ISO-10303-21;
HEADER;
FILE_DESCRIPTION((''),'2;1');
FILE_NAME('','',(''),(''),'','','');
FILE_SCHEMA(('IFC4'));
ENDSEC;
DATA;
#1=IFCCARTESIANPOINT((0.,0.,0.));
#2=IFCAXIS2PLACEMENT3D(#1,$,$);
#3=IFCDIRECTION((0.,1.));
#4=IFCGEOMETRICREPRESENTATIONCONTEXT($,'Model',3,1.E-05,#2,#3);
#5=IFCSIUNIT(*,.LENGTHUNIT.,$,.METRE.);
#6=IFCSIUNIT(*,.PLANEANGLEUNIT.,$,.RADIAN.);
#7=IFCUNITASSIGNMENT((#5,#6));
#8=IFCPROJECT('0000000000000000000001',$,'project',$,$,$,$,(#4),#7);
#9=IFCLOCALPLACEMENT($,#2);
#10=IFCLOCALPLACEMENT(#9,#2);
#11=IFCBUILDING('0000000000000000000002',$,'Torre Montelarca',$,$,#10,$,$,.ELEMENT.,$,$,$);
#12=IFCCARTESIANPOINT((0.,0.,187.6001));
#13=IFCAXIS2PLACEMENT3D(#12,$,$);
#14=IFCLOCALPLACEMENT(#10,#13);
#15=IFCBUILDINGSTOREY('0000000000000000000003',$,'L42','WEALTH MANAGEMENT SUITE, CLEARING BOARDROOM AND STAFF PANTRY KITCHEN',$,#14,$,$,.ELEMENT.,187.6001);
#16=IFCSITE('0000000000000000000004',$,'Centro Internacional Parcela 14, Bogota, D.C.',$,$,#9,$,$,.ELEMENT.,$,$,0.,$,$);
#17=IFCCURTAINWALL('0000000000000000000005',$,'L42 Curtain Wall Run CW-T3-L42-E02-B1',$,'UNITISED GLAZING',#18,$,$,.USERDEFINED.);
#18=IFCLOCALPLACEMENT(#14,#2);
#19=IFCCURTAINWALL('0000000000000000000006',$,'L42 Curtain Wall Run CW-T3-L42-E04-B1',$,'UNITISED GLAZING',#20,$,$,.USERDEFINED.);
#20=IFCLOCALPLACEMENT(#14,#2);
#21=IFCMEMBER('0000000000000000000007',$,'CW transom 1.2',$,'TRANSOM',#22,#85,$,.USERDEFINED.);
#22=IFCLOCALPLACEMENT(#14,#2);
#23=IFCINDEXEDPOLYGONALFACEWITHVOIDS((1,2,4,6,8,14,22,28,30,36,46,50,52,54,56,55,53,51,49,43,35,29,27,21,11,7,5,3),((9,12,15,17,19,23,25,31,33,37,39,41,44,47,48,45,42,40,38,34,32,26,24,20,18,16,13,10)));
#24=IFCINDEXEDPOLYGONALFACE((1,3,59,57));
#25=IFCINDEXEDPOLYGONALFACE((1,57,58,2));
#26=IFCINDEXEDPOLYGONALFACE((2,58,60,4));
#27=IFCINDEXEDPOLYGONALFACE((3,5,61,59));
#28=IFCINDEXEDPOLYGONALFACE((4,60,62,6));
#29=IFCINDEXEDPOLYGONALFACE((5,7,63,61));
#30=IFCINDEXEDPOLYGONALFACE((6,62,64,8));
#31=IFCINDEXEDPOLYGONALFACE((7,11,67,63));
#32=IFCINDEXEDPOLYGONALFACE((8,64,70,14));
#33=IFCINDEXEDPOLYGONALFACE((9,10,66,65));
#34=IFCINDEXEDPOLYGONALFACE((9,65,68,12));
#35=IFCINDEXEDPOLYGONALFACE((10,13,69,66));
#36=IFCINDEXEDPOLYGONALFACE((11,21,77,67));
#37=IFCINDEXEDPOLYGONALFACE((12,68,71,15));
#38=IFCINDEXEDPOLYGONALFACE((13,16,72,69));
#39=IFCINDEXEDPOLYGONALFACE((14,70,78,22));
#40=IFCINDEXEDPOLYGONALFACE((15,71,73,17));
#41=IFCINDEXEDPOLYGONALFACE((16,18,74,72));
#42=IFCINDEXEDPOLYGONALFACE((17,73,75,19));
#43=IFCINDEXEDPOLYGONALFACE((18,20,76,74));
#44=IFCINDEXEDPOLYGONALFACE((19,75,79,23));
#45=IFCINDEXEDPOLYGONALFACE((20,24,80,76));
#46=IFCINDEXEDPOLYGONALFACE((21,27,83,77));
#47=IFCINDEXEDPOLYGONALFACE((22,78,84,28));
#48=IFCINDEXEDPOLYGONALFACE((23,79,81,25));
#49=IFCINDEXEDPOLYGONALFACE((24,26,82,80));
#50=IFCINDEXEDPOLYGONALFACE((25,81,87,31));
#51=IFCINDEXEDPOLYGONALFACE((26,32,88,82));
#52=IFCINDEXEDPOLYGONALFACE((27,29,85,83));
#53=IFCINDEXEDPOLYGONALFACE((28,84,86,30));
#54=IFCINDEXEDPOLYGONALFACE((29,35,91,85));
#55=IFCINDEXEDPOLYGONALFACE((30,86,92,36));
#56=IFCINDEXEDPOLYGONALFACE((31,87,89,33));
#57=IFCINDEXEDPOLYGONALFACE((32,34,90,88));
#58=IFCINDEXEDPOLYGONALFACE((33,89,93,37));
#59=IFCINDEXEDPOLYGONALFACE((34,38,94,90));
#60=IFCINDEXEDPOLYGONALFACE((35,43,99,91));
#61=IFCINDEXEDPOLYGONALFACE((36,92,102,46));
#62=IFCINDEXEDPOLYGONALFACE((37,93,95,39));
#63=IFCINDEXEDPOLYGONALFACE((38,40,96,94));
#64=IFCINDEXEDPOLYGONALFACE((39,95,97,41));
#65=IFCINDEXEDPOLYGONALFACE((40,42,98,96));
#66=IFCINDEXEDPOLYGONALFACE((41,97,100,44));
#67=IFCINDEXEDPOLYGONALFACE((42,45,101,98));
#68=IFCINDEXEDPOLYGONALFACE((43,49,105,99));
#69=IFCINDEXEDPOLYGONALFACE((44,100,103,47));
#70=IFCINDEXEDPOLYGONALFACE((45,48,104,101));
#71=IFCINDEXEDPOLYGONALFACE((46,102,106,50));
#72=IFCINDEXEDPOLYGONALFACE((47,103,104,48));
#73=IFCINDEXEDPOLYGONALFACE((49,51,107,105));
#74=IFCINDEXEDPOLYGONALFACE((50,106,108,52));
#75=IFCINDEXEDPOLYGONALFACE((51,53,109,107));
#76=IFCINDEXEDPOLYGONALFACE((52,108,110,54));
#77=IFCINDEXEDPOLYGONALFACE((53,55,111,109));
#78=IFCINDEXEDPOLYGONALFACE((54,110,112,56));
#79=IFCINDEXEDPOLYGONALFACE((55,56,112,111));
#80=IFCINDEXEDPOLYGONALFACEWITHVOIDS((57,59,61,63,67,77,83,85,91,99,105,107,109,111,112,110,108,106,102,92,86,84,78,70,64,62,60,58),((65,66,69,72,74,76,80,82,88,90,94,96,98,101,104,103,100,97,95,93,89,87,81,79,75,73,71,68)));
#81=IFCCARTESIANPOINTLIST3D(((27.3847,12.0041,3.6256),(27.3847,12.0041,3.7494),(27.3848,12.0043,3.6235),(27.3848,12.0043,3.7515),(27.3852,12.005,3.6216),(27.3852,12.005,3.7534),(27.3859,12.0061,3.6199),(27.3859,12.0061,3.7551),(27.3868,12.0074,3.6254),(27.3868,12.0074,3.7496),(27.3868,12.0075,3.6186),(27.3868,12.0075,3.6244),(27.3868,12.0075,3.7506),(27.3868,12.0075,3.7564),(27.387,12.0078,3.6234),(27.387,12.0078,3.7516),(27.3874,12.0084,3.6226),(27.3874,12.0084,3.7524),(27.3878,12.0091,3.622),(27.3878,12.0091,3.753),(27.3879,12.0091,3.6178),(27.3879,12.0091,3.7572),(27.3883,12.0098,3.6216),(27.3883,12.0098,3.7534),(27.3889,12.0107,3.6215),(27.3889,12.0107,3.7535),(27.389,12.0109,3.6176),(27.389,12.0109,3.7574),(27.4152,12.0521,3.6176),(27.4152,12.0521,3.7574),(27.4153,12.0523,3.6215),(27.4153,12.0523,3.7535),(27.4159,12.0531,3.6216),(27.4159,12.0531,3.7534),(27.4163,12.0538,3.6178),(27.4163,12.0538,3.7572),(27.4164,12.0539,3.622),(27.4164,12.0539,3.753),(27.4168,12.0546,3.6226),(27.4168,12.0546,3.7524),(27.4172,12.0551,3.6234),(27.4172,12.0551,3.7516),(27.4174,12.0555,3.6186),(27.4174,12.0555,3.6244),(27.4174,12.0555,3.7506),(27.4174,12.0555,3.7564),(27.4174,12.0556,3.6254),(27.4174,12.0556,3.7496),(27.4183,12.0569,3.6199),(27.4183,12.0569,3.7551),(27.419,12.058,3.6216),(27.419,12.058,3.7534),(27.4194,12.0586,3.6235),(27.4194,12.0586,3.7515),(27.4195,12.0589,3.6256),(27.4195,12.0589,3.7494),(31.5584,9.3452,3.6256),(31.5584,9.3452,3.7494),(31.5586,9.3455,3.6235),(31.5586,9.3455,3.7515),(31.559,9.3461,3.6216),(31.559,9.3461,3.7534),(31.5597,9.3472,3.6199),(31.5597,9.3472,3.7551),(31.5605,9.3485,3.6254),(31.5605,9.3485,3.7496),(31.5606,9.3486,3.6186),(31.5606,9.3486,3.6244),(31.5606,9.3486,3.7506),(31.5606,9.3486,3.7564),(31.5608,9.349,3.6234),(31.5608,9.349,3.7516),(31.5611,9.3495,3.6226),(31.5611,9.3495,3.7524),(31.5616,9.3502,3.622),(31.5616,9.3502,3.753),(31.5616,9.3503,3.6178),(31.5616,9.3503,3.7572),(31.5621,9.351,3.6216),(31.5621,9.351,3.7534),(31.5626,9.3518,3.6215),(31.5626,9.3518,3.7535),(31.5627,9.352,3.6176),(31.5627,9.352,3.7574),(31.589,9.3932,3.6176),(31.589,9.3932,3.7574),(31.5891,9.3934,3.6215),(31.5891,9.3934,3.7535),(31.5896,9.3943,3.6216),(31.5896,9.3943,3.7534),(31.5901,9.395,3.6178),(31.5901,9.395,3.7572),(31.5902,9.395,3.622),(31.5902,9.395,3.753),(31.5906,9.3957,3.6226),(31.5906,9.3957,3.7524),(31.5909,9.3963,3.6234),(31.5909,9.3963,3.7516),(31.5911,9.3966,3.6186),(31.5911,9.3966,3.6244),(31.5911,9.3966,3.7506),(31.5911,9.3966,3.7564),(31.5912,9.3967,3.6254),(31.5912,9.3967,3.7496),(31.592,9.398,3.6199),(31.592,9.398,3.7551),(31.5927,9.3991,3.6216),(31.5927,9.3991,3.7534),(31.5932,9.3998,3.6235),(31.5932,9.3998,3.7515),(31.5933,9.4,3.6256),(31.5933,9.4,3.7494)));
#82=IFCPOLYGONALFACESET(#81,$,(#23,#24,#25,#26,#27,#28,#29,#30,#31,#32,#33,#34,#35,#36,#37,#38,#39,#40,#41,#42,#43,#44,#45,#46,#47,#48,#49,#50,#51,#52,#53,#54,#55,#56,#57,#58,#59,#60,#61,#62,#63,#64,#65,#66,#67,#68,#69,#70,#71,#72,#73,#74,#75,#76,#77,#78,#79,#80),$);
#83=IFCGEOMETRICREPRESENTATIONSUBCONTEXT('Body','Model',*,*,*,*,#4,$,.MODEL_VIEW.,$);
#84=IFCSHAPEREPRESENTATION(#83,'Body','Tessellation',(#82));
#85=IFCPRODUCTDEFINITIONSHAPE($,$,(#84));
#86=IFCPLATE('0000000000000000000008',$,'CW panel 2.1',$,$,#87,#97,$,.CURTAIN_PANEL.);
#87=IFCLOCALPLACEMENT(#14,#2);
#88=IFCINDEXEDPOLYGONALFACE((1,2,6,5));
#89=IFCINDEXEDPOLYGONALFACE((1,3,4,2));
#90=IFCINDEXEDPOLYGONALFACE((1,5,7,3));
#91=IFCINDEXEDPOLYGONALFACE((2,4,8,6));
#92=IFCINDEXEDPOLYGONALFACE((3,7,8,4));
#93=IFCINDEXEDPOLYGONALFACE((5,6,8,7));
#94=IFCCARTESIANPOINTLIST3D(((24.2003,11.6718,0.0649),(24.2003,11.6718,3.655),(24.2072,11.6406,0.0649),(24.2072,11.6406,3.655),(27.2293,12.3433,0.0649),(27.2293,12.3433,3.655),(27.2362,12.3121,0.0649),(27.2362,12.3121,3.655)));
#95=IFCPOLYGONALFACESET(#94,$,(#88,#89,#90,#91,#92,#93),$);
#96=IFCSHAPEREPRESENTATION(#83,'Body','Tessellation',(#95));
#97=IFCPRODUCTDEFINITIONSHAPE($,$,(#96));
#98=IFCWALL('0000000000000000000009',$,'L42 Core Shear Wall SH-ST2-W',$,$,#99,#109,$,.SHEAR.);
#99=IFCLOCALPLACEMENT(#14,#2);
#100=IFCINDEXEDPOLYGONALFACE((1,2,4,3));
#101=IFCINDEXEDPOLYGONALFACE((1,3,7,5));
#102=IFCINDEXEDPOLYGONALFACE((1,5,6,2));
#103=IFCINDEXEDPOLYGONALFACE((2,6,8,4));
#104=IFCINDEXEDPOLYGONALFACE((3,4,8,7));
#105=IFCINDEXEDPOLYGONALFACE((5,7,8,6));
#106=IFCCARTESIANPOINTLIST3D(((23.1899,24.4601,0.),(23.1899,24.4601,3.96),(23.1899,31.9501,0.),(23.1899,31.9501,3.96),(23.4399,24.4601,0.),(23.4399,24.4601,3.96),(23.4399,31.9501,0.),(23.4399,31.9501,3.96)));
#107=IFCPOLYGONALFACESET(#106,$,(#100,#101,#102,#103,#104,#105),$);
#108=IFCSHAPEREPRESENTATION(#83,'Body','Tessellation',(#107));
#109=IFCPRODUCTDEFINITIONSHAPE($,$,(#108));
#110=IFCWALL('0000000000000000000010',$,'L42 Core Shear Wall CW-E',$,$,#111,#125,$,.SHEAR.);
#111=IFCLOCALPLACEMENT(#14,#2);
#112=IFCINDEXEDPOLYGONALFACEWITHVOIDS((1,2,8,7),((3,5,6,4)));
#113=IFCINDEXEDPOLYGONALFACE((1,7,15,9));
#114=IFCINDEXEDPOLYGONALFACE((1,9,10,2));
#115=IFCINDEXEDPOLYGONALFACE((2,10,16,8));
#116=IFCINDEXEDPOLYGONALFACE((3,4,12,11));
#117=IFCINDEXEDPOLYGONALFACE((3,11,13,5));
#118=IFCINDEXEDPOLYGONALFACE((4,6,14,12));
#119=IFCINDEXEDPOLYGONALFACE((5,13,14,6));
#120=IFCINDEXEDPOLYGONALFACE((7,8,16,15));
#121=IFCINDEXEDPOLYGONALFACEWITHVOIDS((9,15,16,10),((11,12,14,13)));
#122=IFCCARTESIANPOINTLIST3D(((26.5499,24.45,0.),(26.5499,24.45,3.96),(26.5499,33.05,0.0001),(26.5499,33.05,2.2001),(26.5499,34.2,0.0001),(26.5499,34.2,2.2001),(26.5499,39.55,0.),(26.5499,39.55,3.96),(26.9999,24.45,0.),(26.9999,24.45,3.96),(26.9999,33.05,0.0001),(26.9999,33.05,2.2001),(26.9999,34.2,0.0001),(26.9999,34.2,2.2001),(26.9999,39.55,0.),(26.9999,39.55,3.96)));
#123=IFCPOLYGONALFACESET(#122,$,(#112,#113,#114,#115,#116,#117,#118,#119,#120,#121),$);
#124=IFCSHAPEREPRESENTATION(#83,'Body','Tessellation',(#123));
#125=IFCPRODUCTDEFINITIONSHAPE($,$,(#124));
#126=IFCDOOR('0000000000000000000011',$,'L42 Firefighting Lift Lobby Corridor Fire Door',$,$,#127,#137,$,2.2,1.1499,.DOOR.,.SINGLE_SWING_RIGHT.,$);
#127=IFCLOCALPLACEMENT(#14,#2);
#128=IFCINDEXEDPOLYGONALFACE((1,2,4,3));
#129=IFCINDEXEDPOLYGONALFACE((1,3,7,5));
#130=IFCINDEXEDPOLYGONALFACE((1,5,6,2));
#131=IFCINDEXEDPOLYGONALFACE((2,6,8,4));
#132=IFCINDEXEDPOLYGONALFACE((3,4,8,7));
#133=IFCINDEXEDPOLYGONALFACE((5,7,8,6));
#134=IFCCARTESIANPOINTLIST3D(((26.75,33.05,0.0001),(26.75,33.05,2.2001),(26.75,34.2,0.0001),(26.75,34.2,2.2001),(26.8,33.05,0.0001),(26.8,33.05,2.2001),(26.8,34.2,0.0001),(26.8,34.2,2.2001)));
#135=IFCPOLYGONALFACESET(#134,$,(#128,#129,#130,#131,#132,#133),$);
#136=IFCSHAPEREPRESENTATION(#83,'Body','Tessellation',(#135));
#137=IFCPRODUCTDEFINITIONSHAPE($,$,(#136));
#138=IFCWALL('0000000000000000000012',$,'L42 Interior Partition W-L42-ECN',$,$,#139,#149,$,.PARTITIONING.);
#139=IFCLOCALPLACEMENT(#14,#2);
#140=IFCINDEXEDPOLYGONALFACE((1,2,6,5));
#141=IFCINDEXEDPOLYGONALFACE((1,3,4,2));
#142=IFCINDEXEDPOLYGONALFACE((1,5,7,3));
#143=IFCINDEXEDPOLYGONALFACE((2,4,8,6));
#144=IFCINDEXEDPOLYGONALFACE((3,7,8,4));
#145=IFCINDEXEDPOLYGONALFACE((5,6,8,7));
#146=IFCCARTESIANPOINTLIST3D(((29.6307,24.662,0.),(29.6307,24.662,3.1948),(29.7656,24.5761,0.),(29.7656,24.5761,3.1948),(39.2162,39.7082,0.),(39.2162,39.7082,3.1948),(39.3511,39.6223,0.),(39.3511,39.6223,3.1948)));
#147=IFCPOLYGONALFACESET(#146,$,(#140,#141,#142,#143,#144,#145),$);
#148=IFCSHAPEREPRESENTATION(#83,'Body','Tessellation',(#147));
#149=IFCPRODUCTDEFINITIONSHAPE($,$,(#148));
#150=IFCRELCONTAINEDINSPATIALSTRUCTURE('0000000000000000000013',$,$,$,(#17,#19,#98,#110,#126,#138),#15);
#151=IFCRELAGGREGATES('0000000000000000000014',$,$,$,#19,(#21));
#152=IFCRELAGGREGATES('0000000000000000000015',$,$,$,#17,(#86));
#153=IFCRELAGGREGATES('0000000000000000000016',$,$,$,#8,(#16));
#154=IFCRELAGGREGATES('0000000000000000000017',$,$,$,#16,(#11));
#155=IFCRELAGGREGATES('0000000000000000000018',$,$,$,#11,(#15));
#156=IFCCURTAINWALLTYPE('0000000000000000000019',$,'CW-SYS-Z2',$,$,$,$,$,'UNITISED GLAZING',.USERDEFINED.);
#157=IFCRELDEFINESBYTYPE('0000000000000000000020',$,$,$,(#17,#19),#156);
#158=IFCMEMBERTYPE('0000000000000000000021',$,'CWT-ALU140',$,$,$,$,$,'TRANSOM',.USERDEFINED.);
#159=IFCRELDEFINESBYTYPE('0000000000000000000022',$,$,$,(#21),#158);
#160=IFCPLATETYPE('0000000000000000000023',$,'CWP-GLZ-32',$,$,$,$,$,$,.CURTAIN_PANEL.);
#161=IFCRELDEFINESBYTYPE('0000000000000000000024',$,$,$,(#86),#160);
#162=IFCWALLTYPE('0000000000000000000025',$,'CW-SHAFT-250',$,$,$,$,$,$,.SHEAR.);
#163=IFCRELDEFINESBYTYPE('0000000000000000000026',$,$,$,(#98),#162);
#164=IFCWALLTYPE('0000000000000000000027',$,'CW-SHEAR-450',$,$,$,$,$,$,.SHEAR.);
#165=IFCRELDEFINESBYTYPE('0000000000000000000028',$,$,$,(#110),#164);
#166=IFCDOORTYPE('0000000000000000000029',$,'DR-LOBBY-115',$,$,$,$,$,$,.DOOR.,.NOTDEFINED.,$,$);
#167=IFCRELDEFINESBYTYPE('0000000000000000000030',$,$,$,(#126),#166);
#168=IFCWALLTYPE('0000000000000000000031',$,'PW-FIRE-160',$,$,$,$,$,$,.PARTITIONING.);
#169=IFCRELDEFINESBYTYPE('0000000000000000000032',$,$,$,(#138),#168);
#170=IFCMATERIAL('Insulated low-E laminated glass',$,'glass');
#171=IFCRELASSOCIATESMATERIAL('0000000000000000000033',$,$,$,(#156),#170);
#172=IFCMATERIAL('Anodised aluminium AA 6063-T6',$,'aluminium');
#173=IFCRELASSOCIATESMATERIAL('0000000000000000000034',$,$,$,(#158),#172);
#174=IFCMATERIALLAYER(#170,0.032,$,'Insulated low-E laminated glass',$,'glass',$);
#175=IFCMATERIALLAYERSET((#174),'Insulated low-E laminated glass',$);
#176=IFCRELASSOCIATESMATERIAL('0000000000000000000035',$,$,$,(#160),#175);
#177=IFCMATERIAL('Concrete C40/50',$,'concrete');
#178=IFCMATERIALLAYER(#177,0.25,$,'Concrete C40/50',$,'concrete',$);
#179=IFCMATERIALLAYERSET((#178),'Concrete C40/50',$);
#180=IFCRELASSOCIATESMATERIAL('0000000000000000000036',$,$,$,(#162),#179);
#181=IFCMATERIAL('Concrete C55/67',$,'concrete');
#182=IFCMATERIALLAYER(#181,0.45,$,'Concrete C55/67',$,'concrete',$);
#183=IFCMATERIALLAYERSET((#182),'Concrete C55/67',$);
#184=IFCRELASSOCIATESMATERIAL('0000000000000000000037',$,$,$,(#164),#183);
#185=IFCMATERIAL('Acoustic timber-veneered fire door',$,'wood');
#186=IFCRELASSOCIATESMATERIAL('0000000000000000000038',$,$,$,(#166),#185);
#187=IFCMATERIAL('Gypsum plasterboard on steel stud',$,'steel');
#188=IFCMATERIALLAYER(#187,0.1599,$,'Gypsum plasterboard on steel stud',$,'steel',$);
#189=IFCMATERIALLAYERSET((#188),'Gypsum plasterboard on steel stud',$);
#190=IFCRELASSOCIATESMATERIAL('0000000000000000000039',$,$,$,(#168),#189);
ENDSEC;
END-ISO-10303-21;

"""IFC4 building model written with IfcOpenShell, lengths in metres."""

from ifc_helpers import new_model, si_unit, direction, frame, frame_2d, origin, origin_2d, place, context, subcontext, project, spatial, rectangle, hollow_rectangle, extrude, source, transform, mapped, material, layer, layer_set, material_profile, profile_set, type_object, element, fill, aggregate, save


model = new_model("IFC4")

# Units and contexts
model_context = context("Model", 3, precision=1e-05, world=origin(), true_north=direction((0.0, 1.0)))
body_context = subcontext(model_context, "Body", "Model", "MODEL_VIEW")
ifc_project = project(units=[si_unit("LENGTHUNIT", "METRE"), si_unit("PLANEANGLEUNIT", "RADIAN")], contexts=[model_context])

# Site, building, storey
site_placement = place(None, origin())
site = spatial("IfcSite", under=ifc_project, at=site_placement, Name="Centro Internacional Parcela 14, Bogota, D.C.", CompositionType="ELEMENT", RefElevation=0.0)
building_placement = place(site_placement, origin())
building = spatial("IfcBuilding", under=site, at=building_placement, Name="Torre Montelarca", CompositionType="ELEMENT")
storey_placement = place(building_placement, frame((0.0, 0.0, 187.6001)))
storey = spatial("IfcBuildingStorey", under=building, at=storey_placement, Name="L42", Description="WEALTH MANAGEMENT SUITE, CLEARING BOARDROOM AND STAFF PANTRY KITCHEN", CompositionType="ELEMENT", Elevation=187.6001)

# Shared definitions
ifc_material_1 = material(Name="Concrete C55/67", Category="concrete")

# Curtain walls, member
ifc_material_2 = material(Name="Insulated low-E laminated glass", Category="glass")
curtain_wall_type = type_object("IfcCurtainWallType", Name="CW-SYS-Z2", ElementType="UNITISED GLAZING", PredefinedType="USERDEFINED", material=ifc_material_2)
curtain_wall_1_placement = place(storey_placement, origin())
curtain_wall_1 = element("IfcCurtainWall", 1, at=curtain_wall_1_placement, inside=storey, type_object=curtain_wall_type, Name="L42 Curtain Wall Run CW-T3-L42-E02-B1", ObjectType="UNITISED GLAZING", PredefinedType="USERDEFINED")
ifc_material_3 = material(Name="Anodised aluminium AA 6063-T6", Category="aluminium")
ifc_material_profile_1 = material_profile(ifc_material_3, hollow_rectangle(XDim=0.0649, YDim=0.1399, WallThickness=0.0039, InnerFilletRadius=0.0039, OuterFilletRadius=0.0081, at=origin_2d()), Name="ALU65X140X4", Category="aluminium")
ifc_profile_set_1 = profile_set([ifc_material_profile_1], Name="Anodised aluminium AA 6063-T6")
member_type_1 = type_object("IfcMemberType", Name="CWT-ALU140", ElementType="TRANSOM", PredefinedType="USERDEFINED", material=ifc_profile_set_1)
curtain_wall_2_placement = place(storey_placement, origin())
curtain_wall_2 = element("IfcCurtainWall", 2, at=curtain_wall_2_placement, inside=storey, type_object=curtain_wall_type, Name="L42 Curtain Wall Run CW-T3-L42-E04-B1", ObjectType="UNITISED GLAZING", PredefinedType="USERDEFINED")
shared_shape_1 = source(origin(), body_context, "Body", "SweptSolid", [
    extrude(hollow_rectangle(XDim=0.0649, YDim=0.1399, WallThickness=0.0039, InnerFilletRadius=0.0039, OuterFilletRadius=0.0081, at=origin_2d()), origin(), (0.0, 0.0, 1.0), 4.9487),
])
member_1_placement = place(storey_placement, frame((27.4021, 12.0315, 3.6875), z_axis=(0.843399, -0.537287, 0.0), x_axis=(0.537287, 0.843399, 0.0)))
member_1 = element("IfcMember", 3, at=member_1_placement, type_object=member_type_1, Name="CW transom 1.2", ObjectType="TRANSOM", PredefinedType="USERDEFINED", context=body_context, shape_type="MappedRepresentation", body=[
    mapped(shared_shape_1, transform((0.0, 0.0, 0.0), scale=1.0)),
])
aggregate(curtain_wall_2, [member_1])

# Plate
ifc_layer_1 = layer(ifc_material_2, 0.032, Name="Insulated low-E laminated glass", Category="glass")
ifc_layer_set_1 = layer_set([ifc_layer_1], Name="Insulated low-E laminated glass")
plate_type = type_object("IfcPlateType", Name="CWP-GLZ-32", PredefinedType="CURTAIN_PANEL", material=ifc_layer_set_1)
shared_shape_2 = source(origin(), body_context, "Body", "SweptSolid", [
    extrude(rectangle(XDim=3.1025, YDim=0.032, at=origin_2d()), origin(), (0.0, 0.0, 1.0), 3.5901),
])
plate_placement = place(storey_placement, frame((25.7183, 11.9919, 0.0649), z_axis=(0.0, 0.0, 1.0), x_axis=(0.976297, 0.216434, 0.0)))
plate = element("IfcPlate", 4, at=plate_placement, type_object=plate_type, Name="CW panel 2.1", PredefinedType="CURTAIN_PANEL", context=body_context, shape_type="MappedRepresentation", body=[
    mapped(shared_shape_2, transform((0.0, 0.0, 0.0), scale=1.0)),
])
aggregate(curtain_wall_1, [plate])

# Wall
ifc_material_4 = material(Name="Concrete C40/50", Category="concrete")
ifc_layer_2 = layer(ifc_material_4, 0.25, Name="Concrete C40/50", Category="concrete")
ifc_layer_set_2 = layer_set([ifc_layer_2], Name="Concrete C40/50")
wall_type_1 = type_object("IfcWallType", Name="CW-SHAFT-250", PredefinedType="SHEAR", material=ifc_layer_set_2)
wall_1_placement = place(storey_placement, frame((23.3149, 24.46, 0.0), z_axis=(0.0, 0.0, 1.0), x_axis=(0.0, 1.0, 0.0)))
element("IfcWall", 5, at=wall_1_placement, inside=storey, type_object=wall_type_1, Name="L42 Core Shear Wall SH-ST2-W", PredefinedType="SHEAR", context=body_context, shape_type="SweptSolid", body=[
    extrude(rectangle(XDim=7.49, YDim=0.25, at=frame_2d((3.7451, 0.0))), origin(), (0.0, 0.0, 1.0), 3.96),
])

# Wall, opening, door
ifc_layer_3 = layer(ifc_material_1, 0.45, Name="Concrete C55/67", Category="concrete")
ifc_layer_set_3 = layer_set([ifc_layer_3], Name="Concrete C55/67")
wall_type_2 = type_object("IfcWallType", Name="CW-SHEAR-450", PredefinedType="SHEAR", material=ifc_layer_set_3)
wall_2_placement = place(storey_placement, frame((26.7749, 24.45, 0.0), z_axis=(0.0, 0.0, 1.0), x_axis=(0.0, 1.0, 0.0)))
wall_2 = element("IfcWall", 6, at=wall_2_placement, inside=storey, type_object=wall_type_2, Name="L42 Core Shear Wall CW-E", PredefinedType="SHEAR", context=body_context, shape_type="SweptSolid", body=[
    extrude(rectangle(XDim=15.1001, YDim=0.45, at=frame_2d((7.55, 0.0))), origin(), (0.0, 0.0, 1.0), 3.96),
])
opening_1_placement = place(wall_2_placement, frame((8.6001, 0.0, 0.0)))
opening_1 = element("IfcOpeningElement", 7, at=opening_1_placement, cuts=wall_2, PredefinedType="OPENING", context=body_context, shape_type="SweptSolid", body=[
    extrude(rectangle(XDim=1.1499, YDim=2.2, at=frame_2d((0.575, 1.1001))), frame((0.0, 0.2349, 0.0), z_axis=(0.0, -1.0, 0.0), x_axis=(1.0, 0.0, 0.0)), (0.0, 0.0, 1.0), 0.47),
])
ifc_material_5 = material(Name="Acoustic timber-veneered fire door", Category="wood")
door_type_1 = type_object("IfcDoorType", Name="DR-LOBBY-115", OperationType="NOTDEFINED", PredefinedType="DOOR", material=ifc_material_5)
shared_shape_3 = source(origin(), body_context, "Body", "SweptSolid", [
    extrude(rectangle(XDim=1.1499, YDim=2.2, at=frame_2d((0.575, 1.1001))), frame((0.0, 0.0249, 0.0), z_axis=(0.0, -1.0, 0.0), x_axis=(1.0, 0.0, 0.0)), (0.0, 0.0, 1.0), 0.05),
])
door_1_placement = place(opening_1_placement, origin())
door_1 = element("IfcDoor", 8, at=door_1_placement, inside=storey, type_object=door_type_1, Name="L42 Firefighting Lift Lobby Corridor Fire Door", OperationType="SINGLE_SWING_RIGHT", OverallHeight=2.2, OverallWidth=1.1499, PredefinedType="DOOR", context=body_context, shape_type="MappedRepresentation", body=[
    mapped(shared_shape_3, transform((0.0, 0.0, 0.0), scale=1.0)),
])
fill(opening_1, door_1)

# Wall
ifc_material_6 = material(Name="Gypsum plasterboard on steel stud", Category="steel")
ifc_layer_4 = layer(ifc_material_6, 0.1599, Name="Gypsum plasterboard on steel stud", Category="steel")
ifc_layer_set_4 = layer_set([ifc_layer_4], Name="Gypsum plasterboard on steel stud")
wall_type_3 = type_object("IfcWallType", Name="PW-FIRE-160", PredefinedType="PARTITIONING", material=ifc_layer_set_4)
wall_3_placement = place(storey_placement, frame((29.6982, 24.6191, 0.0), z_axis=(0.0, 0.0, 1.0), x_axis=(0.5373, 0.843391, 0.0)))
element("IfcWall", 9, at=wall_3_placement, inside=storey, type_object=wall_type_3, Name="L42 Interior Partition W-L42-ECN", PredefinedType="PARTITIONING", context=body_context, shape_type="SweptSolid", body=[
    extrude(rectangle(XDim=17.8401, YDim=0.1599, at=frame_2d((8.9199, 0.0))), origin(), (0.0, 0.0, 1.0), 3.1948),
])

save(model, "model.ifc")
